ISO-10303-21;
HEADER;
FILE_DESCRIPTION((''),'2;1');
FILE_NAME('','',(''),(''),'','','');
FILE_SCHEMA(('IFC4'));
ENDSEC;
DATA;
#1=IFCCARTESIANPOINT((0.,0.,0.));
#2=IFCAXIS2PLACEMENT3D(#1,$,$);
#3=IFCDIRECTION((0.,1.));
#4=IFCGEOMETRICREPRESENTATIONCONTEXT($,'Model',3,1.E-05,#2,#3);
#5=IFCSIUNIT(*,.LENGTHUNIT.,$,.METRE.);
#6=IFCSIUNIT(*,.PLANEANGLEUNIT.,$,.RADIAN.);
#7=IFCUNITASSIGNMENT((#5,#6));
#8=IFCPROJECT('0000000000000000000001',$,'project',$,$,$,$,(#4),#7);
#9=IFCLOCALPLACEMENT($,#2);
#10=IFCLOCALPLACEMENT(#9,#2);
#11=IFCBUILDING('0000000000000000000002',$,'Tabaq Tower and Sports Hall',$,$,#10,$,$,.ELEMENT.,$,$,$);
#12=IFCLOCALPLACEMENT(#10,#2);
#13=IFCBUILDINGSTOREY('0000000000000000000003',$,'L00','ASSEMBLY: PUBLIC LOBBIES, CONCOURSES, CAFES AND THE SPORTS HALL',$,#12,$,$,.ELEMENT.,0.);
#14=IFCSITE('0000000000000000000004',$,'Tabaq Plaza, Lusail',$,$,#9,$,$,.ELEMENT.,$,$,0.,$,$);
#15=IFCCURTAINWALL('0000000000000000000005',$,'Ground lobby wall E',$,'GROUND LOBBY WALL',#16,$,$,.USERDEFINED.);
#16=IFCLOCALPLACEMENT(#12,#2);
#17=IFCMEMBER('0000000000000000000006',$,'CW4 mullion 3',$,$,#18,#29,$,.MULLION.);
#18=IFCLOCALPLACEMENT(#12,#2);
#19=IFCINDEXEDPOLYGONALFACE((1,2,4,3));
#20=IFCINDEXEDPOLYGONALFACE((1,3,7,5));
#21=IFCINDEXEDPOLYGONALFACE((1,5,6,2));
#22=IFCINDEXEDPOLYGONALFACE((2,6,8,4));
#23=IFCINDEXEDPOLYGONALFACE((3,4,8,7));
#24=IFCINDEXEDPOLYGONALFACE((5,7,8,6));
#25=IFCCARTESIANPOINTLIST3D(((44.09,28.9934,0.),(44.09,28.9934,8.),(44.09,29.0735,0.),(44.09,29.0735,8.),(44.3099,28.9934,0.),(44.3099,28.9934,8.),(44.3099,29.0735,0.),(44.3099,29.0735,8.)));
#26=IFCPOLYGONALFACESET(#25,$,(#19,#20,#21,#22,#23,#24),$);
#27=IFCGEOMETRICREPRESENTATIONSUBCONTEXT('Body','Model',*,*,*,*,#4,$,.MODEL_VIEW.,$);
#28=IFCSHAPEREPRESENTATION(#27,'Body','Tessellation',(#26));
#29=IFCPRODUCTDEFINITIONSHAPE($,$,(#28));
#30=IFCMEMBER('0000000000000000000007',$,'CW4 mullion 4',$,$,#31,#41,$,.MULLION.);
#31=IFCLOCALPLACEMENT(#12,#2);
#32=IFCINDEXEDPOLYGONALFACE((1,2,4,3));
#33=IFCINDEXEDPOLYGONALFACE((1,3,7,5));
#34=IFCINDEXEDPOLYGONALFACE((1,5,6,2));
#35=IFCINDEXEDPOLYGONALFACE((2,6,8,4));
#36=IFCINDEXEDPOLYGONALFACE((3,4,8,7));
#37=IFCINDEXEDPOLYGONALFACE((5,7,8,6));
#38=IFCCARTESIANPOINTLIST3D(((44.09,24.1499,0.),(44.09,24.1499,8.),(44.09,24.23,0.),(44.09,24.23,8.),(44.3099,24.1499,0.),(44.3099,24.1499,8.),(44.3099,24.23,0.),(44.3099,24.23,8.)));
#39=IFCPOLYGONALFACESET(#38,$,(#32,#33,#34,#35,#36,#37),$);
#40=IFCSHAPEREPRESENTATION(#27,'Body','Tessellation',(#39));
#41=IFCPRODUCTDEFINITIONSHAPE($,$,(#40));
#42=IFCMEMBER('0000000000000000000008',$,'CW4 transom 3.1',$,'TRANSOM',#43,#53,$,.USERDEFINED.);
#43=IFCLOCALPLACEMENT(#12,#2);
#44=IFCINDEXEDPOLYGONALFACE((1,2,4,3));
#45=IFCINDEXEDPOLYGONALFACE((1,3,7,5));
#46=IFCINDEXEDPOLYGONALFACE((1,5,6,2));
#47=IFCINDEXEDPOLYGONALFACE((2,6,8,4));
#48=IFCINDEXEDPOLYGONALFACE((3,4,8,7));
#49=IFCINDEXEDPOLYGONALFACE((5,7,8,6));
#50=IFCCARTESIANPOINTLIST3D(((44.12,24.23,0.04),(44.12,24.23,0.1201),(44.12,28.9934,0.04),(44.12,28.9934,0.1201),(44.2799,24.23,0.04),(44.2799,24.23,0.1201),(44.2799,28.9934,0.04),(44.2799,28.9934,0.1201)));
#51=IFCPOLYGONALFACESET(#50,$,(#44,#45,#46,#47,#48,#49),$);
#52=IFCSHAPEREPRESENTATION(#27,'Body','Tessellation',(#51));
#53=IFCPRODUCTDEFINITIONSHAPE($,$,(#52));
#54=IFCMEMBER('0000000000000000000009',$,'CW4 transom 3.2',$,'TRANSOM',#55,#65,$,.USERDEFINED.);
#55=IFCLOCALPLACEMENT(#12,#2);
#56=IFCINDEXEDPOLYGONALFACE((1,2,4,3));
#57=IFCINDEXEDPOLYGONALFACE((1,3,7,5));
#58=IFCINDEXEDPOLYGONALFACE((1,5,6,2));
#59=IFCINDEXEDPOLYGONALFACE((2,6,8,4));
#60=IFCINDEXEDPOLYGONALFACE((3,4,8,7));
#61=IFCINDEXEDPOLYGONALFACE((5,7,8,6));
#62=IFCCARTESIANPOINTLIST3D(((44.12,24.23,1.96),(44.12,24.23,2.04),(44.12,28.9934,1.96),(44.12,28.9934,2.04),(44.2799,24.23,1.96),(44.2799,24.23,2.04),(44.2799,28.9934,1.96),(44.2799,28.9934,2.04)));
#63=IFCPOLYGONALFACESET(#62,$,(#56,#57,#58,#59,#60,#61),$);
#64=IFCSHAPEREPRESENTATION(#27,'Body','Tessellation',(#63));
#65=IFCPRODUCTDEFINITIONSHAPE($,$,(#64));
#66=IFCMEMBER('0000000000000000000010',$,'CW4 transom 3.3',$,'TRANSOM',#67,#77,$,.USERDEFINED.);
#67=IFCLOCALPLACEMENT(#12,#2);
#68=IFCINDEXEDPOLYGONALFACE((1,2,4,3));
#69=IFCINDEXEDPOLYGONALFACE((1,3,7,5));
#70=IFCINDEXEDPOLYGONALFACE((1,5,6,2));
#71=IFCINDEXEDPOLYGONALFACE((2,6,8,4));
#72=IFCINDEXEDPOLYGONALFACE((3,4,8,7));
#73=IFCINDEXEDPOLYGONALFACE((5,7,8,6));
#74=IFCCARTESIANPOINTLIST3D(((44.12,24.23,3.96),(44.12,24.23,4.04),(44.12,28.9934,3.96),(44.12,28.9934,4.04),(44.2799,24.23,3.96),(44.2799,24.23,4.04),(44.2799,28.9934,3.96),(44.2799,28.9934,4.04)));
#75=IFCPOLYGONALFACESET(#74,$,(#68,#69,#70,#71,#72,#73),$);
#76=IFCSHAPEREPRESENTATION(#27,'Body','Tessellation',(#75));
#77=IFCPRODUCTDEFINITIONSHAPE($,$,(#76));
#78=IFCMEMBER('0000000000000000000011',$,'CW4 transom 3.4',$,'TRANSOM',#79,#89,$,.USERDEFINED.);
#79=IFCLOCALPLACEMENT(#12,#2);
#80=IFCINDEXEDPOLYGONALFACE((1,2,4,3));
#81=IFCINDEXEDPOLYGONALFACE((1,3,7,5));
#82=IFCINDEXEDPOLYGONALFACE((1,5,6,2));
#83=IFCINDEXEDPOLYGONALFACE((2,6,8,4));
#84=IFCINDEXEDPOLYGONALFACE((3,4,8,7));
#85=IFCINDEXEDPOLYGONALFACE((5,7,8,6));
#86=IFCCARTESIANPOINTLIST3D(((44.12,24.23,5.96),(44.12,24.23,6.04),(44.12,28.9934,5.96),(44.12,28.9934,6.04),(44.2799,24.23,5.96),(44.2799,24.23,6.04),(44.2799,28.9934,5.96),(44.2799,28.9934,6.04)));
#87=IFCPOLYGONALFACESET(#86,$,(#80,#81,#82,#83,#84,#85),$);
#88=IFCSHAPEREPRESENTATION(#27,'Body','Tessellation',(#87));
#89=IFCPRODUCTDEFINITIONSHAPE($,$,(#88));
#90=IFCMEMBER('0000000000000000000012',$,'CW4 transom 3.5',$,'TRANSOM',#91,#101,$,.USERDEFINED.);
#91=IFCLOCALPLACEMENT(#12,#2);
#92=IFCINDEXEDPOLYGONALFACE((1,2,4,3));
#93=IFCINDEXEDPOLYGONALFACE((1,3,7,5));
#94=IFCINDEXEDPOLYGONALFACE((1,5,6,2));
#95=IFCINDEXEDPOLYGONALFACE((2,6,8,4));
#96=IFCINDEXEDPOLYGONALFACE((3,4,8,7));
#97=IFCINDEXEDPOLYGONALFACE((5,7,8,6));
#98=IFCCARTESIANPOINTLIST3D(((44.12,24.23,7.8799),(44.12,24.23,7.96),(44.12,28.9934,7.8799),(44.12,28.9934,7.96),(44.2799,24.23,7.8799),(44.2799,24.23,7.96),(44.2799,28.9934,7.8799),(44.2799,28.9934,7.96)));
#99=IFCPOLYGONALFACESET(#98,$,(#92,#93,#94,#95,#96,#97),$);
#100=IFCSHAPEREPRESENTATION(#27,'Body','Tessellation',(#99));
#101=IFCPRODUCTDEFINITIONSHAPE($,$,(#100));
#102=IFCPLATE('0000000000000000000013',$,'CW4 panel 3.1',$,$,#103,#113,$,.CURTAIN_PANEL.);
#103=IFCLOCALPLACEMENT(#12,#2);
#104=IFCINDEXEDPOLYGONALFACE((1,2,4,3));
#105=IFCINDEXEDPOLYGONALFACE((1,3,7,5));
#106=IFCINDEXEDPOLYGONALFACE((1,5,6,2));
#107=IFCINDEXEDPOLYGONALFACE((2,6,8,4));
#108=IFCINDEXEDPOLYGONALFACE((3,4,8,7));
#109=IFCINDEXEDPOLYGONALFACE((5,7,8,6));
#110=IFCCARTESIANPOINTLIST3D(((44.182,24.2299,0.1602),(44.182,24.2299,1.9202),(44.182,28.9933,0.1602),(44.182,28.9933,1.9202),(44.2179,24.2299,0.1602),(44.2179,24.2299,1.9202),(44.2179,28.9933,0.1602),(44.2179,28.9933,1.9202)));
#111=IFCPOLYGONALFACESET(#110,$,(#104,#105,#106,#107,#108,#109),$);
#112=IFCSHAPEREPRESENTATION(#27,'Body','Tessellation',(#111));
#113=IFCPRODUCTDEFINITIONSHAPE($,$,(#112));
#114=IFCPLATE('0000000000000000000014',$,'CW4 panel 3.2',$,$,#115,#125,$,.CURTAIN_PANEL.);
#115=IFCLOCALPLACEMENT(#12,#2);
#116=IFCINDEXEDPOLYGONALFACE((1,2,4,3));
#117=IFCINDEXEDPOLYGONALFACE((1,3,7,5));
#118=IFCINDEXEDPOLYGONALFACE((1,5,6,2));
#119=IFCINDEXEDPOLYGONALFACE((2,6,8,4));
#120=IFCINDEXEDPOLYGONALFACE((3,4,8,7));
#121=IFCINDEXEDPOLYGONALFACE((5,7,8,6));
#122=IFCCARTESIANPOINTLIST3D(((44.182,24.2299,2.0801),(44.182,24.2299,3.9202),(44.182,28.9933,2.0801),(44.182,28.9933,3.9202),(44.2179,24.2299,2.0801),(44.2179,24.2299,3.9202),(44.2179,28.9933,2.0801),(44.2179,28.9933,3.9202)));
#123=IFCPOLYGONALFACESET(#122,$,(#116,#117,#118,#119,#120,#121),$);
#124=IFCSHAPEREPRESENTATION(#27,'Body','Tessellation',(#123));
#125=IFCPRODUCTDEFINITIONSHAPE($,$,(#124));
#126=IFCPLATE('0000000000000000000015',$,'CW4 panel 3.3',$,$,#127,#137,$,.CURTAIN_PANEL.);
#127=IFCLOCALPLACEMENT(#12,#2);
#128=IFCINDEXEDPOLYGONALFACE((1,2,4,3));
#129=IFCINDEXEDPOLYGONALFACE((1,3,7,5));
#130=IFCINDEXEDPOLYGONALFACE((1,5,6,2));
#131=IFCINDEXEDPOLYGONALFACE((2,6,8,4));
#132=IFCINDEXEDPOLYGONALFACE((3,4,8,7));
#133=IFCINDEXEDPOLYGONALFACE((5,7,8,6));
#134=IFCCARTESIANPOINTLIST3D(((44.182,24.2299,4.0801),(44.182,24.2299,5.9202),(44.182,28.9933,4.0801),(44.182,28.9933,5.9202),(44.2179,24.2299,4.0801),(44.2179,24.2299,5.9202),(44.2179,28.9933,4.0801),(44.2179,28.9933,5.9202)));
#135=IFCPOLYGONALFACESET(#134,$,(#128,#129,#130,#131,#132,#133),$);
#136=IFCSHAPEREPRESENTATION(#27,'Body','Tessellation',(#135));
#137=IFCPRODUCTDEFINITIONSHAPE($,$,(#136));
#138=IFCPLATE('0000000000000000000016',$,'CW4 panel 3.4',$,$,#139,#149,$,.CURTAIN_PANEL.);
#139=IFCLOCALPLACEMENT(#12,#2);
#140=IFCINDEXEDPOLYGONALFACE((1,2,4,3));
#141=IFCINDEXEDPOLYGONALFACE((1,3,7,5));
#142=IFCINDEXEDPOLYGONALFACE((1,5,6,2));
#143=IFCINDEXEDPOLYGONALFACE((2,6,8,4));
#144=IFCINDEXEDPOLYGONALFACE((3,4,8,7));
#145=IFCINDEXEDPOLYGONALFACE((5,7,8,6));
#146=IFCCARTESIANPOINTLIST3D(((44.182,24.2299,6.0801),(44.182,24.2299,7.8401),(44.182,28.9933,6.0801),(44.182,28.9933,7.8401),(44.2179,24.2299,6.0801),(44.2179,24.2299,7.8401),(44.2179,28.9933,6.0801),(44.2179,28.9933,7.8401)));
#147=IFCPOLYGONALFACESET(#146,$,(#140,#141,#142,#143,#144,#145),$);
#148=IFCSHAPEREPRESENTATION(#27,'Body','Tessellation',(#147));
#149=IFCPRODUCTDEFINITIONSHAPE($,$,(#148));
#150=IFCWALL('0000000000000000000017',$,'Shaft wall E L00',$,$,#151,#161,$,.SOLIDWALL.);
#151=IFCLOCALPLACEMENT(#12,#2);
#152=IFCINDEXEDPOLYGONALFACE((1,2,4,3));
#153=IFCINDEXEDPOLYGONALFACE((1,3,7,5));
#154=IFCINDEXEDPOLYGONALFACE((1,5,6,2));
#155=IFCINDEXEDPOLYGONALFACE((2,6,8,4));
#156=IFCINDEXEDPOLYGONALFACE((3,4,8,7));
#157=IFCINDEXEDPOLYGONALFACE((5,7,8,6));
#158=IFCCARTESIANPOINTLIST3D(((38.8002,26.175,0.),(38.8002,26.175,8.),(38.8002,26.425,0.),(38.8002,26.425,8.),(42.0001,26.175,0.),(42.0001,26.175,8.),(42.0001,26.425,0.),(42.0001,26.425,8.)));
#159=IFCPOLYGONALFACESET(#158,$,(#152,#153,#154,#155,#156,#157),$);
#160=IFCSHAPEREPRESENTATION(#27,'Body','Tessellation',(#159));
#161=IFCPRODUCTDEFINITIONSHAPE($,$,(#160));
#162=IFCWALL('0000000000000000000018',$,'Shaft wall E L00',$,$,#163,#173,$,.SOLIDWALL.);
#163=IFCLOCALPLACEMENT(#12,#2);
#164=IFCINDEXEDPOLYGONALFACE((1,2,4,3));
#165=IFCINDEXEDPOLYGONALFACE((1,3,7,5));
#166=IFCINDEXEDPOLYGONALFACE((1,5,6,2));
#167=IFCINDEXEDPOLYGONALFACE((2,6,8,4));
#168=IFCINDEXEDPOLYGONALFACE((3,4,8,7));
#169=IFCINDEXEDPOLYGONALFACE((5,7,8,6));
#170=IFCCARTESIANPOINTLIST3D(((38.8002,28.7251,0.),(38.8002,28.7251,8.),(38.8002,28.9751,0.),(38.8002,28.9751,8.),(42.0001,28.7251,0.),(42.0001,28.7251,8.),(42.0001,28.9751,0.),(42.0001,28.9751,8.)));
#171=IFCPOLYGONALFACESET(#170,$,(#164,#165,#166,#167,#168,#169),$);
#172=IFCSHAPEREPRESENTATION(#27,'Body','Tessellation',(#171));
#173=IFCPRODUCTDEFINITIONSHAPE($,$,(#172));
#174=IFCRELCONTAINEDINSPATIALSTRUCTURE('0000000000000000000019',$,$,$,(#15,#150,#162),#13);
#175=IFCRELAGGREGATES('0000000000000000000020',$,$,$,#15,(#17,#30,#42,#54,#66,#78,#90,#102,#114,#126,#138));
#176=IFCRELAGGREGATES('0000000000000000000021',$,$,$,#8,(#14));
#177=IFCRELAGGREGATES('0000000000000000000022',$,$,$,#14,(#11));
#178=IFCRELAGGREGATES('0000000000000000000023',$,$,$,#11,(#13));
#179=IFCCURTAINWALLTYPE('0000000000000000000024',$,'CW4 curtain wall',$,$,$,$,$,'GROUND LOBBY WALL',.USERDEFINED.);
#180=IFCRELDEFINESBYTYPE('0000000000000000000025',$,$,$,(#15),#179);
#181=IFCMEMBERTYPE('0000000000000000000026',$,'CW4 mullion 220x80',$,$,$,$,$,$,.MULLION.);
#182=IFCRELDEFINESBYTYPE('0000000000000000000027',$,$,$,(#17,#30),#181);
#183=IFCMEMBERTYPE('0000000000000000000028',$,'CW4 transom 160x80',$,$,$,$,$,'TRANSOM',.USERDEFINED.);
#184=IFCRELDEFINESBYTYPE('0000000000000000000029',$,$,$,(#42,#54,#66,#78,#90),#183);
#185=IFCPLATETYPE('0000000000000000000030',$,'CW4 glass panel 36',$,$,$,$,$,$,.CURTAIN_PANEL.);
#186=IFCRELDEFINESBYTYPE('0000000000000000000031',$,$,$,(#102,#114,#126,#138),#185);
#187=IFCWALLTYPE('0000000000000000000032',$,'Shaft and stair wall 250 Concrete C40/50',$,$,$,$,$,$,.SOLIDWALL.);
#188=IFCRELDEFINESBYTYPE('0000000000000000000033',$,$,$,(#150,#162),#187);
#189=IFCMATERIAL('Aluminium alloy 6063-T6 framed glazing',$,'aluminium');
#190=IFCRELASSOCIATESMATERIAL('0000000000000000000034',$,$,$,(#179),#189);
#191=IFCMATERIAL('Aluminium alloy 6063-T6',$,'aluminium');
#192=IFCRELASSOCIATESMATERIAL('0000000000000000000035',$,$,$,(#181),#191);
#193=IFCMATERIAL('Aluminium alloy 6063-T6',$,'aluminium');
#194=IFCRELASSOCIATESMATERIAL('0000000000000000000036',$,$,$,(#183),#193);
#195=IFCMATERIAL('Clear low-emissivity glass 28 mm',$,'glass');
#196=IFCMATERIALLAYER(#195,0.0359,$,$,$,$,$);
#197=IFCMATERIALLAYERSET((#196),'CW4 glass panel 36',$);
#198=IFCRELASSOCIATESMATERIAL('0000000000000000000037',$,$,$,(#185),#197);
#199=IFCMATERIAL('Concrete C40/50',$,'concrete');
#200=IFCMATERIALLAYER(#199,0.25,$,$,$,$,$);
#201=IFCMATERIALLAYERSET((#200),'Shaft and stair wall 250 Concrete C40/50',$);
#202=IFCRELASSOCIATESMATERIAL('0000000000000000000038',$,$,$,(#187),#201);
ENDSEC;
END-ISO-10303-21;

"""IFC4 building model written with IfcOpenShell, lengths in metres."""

from ifc_helpers import new_model, si_unit, direction, frame, frame_2d, origin, origin_2d, place, context, subcontext, project, spatial, rectangle, extrude, material, layer, layer_set, material_profile, profile_set, type_object, element, aggregate, save


model = new_model("IFC4")

# Units and contexts
model_context = context("Model", 3, precision=1e-05, world=origin(), true_north=direction((0.0, 1.0)))
body_context = subcontext(model_context, "Body", "Model", "MODEL_VIEW")
ifc_project = project(units=[si_unit("LENGTHUNIT", "METRE"), si_unit("PLANEANGLEUNIT", "RADIAN")], contexts=[model_context])

# Site, building, storey
site_placement = place(None, origin())
site = spatial("IfcSite", under=ifc_project, at=site_placement, Name="Tabaq Plaza, Lusail", CompositionType="ELEMENT", RefElevation=0.0)
building_placement = place(site_placement, origin())
building = spatial("IfcBuilding", under=site, at=building_placement, Name="Tabaq Tower and Sports Hall", CompositionType="ELEMENT")
storey_placement = place(building_placement, origin())
storey = spatial("IfcBuildingStorey", under=building, at=storey_placement, Name="L00", Description="ASSEMBLY: PUBLIC LOBBIES, CONCOURSES, CAFES AND THE SPORTS HALL", CompositionType="ELEMENT", Elevation=0.0)

# Curtain wall, members, plates
ifc_material_1 = material(Name="Aluminium alloy 6063-T6 framed glazing", Category="aluminium")
curtain_wall_type = type_object("IfcCurtainWallType", Name="CW4 curtain wall", ElementType="GROUND LOBBY WALL", PredefinedType="USERDEFINED", material=ifc_material_1)
curtain_wall_placement = place(storey_placement, origin())
curtain_wall = element("IfcCurtainWall", 1, at=curtain_wall_placement, inside=storey, type_object=curtain_wall_type, Name="Ground lobby wall E", ObjectType="GROUND LOBBY WALL", PredefinedType="USERDEFINED")
ifc_material_2 = material(Name="Aluminium alloy 6063-T6", Category="aluminium")
ifc_material_profile_1 = material_profile(ifc_material_2, rectangle(XDim=0.22, YDim=0.0801, at=origin_2d()), Name="MULLION 220x80")
ifc_profile_set_1 = profile_set([ifc_material_profile_1], Name="Aluminium alloy 6063-T6")
member_type_1 = type_object("IfcMemberType", Name="CW4 mullion 220x80", PredefinedType="MULLION", material=ifc_profile_set_1)
member_1_placement = place(storey_placement, frame((44.2, 29.0334, 0.0), z_axis=(0.0, 0.0, 1.0), x_axis=(1.0, 0.0, 0.0)))
member_1 = element("IfcMember", 2, at=member_1_placement, type_object=member_type_1, Name="CW4 mullion 3", PredefinedType="MULLION", context=body_context, shape_type="SweptSolid", body=[
    extrude(rectangle(XDim=0.22, YDim=0.0801, at=origin_2d()), origin(), (0.0, 0.0, 1.0), 8.0),
])
member_2_placement = place(storey_placement, frame((44.2, 24.1899, 0.0), z_axis=(0.0, 0.0, 1.0), x_axis=(1.0, 0.0, 0.0)))
member_2 = element("IfcMember", 3, at=member_2_placement, type_object=member_type_1, Name="CW4 mullion 4", PredefinedType="MULLION", context=body_context, shape_type="SweptSolid", body=[
    extrude(rectangle(XDim=0.22, YDim=0.0801, at=origin_2d()), origin(), (0.0, 0.0, 1.0), 8.0),
])
ifc_material_3 = material(Name="Aluminium alloy 6063-T6", Category="aluminium")
ifc_material_profile_2 = material_profile(ifc_material_3, rectangle(XDim=0.1599, YDim=0.0801, at=origin_2d()), Name="TRANSOM 160x80")
ifc_profile_set_2 = profile_set([ifc_material_profile_2], Name="Aluminium alloy 6063-T6")
member_type_2 = type_object("IfcMemberType", Name="CW4 transom 160x80", ElementType="TRANSOM", PredefinedType="USERDEFINED", material=ifc_profile_set_2)
member_3_placement = place(storey_placement, frame((44.2, 28.9934, 0.0801), z_axis=(0.0, -1.0, 0.0), x_axis=(1.0, 0.0, 0.0)))
member_3 = element("IfcMember", 4, at=member_3_placement, type_object=member_type_2, Name="CW4 transom 3.1", ObjectType="TRANSOM", PredefinedType="USERDEFINED", context=body_context, shape_type="SweptSolid", body=[
    extrude(rectangle(XDim=0.1599, YDim=0.0801, at=origin_2d()), origin(), (0.0, 0.0, 1.0), 4.7634),
])
member_4_placement = place(storey_placement, frame((44.2, 28.9934, 2.0), z_axis=(0.0, -1.0, 0.0), x_axis=(1.0, 0.0, 0.0)))
member_4 = element("IfcMember", 5, at=member_4_placement, type_object=member_type_2, Name="CW4 transom 3.2", ObjectType="TRANSOM", PredefinedType="USERDEFINED", context=body_context, shape_type="SweptSolid", body=[
    extrude(rectangle(XDim=0.1599, YDim=0.0801, at=origin_2d()), origin(), (0.0, 0.0, 1.0), 4.7634),
])
member_5_placement = place(storey_placement, frame((44.2, 28.9934, 4.0), z_axis=(0.0, -1.0, 0.0), x_axis=(1.0, 0.0, 0.0)))
member_5 = element("IfcMember", 6, at=member_5_placement, type_object=member_type_2, Name="CW4 transom 3.3", ObjectType="TRANSOM", PredefinedType="USERDEFINED", context=body_context, shape_type="SweptSolid", body=[
    extrude(rectangle(XDim=0.1599, YDim=0.0801, at=origin_2d()), origin(), (0.0, 0.0, 1.0), 4.7634),
])
member_6_placement = place(storey_placement, frame((44.2, 28.9934, 6.0), z_axis=(0.0, -1.0, 0.0), x_axis=(1.0, 0.0, 0.0)))
member_6 = element("IfcMember", 7, at=member_6_placement, type_object=member_type_2, Name="CW4 transom 3.4", ObjectType="TRANSOM", PredefinedType="USERDEFINED", context=body_context, shape_type="SweptSolid", body=[
    extrude(rectangle(XDim=0.1599, YDim=0.0801, at=origin_2d()), origin(), (0.0, 0.0, 1.0), 4.7634),
])
member_7_placement = place(storey_placement, frame((44.2, 28.9934, 7.9199), z_axis=(0.0, -1.0, 0.0), x_axis=(1.0, 0.0, 0.0)))
member_7 = element("IfcMember", 8, at=member_7_placement, type_object=member_type_2, Name="CW4 transom 3.5", ObjectType="TRANSOM", PredefinedType="USERDEFINED", context=body_context, shape_type="SweptSolid", body=[
    extrude(rectangle(XDim=0.1599, YDim=0.0801, at=origin_2d()), origin(), (0.0, 0.0, 1.0), 4.7634),
])
ifc_material_4 = material(Name="Clear low-emissivity glass 28 mm", Category="glass")
ifc_layer_1 = layer(ifc_material_4, 0.0359)
ifc_layer_set_1 = layer_set([ifc_layer_1], Name="CW4 glass panel 36")
plate_type = type_object("IfcPlateType", Name="CW4 glass panel 36", PredefinedType="CURTAIN_PANEL", material=ifc_layer_set_1)
plate_1_placement = place(storey_placement, frame((44.2, 26.6116, 0.1602), z_axis=(0.0, 0.0, 1.0), x_axis=(0.0, -1.0, 0.0)))
plate_1 = element("IfcPlate", 9, at=plate_1_placement, type_object=plate_type, Name="CW4 panel 3.1", PredefinedType="CURTAIN_PANEL", context=body_context, shape_type="SweptSolid", body=[
    extrude(rectangle(XDim=4.7634, YDim=0.0359, at=origin_2d()), origin(), (0.0, 0.0, 1.0), 1.76),
])
plate_2_placement = place(storey_placement, frame((44.2, 26.6116, 2.0801), z_axis=(0.0, 0.0, 1.0), x_axis=(0.0, -1.0, 0.0)))
plate_2 = element("IfcPlate", 10, at=plate_2_placement, type_object=plate_type, Name="CW4 panel 3.2", PredefinedType="CURTAIN_PANEL", context=body_context, shape_type="SweptSolid", body=[
    extrude(rectangle(XDim=4.7634, YDim=0.0359, at=origin_2d()), origin(), (0.0, 0.0, 1.0), 1.8401),
])
plate_3_placement = place(storey_placement, frame((44.2, 26.6116, 4.0801), z_axis=(0.0, 0.0, 1.0), x_axis=(0.0, -1.0, 0.0)))
plate_3 = element("IfcPlate", 11, at=plate_3_placement, type_object=plate_type, Name="CW4 panel 3.3", PredefinedType="CURTAIN_PANEL", context=body_context, shape_type="SweptSolid", body=[
    extrude(rectangle(XDim=4.7634, YDim=0.0359, at=origin_2d()), origin(), (0.0, 0.0, 1.0), 1.8401),
])
plate_4_placement = place(storey_placement, frame((44.2, 26.6116, 6.0801), z_axis=(0.0, 0.0, 1.0), x_axis=(0.0, -1.0, 0.0)))
plate_4 = element("IfcPlate", 12, at=plate_4_placement, type_object=plate_type, Name="CW4 panel 3.4", PredefinedType="CURTAIN_PANEL", context=body_context, shape_type="SweptSolid", body=[
    extrude(rectangle(XDim=4.7634, YDim=0.0359, at=origin_2d()), origin(), (0.0, 0.0, 1.0), 1.76),
])
aggregate(curtain_wall, [member_1, member_2, member_3, member_4, member_5, member_6, member_7, plate_1, plate_2, plate_3, plate_4])

# Walls
ifc_material_5 = material(Name="Concrete C40/50", Category="concrete")
ifc_layer_2 = layer(ifc_material_5, 0.25)
ifc_layer_set_2 = layer_set([ifc_layer_2], Name="Shaft and stair wall 250 Concrete C40/50")
wall_type_1 = type_object("IfcWallType", Name="Shaft and stair wall 250 Concrete C40/50", PredefinedType="SOLIDWALL", material=ifc_layer_set_2)
for number, where, z_axis, x_axis, name in (
    (13, (38.8, 26.3, 0.0), (0.0, 0.0, 1.0), (1.0, 0.0, 0.0), "Shaft wall E L00"),
    (14, (38.8, 28.8501, 0.0), (0.0, 0.0, 1.0), (1.0, 0.0, 0.0), "Shaft wall E L00"),
):
    element("IfcWall", number, at=place(storey_placement, frame(where, z_axis=z_axis, x_axis=x_axis)), inside=storey, type_object=wall_type_1, Name=name, PredefinedType="SOLIDWALL", context=body_context, shape_type="SweptSolid", body=[
        extrude(rectangle(XDim=3.2, YDim=0.25, at=frame_2d((1.6001, 0.0))), origin(), (0.0, 0.0, 1.0), 8.0),
    ])

save(model, "model.ifc")
